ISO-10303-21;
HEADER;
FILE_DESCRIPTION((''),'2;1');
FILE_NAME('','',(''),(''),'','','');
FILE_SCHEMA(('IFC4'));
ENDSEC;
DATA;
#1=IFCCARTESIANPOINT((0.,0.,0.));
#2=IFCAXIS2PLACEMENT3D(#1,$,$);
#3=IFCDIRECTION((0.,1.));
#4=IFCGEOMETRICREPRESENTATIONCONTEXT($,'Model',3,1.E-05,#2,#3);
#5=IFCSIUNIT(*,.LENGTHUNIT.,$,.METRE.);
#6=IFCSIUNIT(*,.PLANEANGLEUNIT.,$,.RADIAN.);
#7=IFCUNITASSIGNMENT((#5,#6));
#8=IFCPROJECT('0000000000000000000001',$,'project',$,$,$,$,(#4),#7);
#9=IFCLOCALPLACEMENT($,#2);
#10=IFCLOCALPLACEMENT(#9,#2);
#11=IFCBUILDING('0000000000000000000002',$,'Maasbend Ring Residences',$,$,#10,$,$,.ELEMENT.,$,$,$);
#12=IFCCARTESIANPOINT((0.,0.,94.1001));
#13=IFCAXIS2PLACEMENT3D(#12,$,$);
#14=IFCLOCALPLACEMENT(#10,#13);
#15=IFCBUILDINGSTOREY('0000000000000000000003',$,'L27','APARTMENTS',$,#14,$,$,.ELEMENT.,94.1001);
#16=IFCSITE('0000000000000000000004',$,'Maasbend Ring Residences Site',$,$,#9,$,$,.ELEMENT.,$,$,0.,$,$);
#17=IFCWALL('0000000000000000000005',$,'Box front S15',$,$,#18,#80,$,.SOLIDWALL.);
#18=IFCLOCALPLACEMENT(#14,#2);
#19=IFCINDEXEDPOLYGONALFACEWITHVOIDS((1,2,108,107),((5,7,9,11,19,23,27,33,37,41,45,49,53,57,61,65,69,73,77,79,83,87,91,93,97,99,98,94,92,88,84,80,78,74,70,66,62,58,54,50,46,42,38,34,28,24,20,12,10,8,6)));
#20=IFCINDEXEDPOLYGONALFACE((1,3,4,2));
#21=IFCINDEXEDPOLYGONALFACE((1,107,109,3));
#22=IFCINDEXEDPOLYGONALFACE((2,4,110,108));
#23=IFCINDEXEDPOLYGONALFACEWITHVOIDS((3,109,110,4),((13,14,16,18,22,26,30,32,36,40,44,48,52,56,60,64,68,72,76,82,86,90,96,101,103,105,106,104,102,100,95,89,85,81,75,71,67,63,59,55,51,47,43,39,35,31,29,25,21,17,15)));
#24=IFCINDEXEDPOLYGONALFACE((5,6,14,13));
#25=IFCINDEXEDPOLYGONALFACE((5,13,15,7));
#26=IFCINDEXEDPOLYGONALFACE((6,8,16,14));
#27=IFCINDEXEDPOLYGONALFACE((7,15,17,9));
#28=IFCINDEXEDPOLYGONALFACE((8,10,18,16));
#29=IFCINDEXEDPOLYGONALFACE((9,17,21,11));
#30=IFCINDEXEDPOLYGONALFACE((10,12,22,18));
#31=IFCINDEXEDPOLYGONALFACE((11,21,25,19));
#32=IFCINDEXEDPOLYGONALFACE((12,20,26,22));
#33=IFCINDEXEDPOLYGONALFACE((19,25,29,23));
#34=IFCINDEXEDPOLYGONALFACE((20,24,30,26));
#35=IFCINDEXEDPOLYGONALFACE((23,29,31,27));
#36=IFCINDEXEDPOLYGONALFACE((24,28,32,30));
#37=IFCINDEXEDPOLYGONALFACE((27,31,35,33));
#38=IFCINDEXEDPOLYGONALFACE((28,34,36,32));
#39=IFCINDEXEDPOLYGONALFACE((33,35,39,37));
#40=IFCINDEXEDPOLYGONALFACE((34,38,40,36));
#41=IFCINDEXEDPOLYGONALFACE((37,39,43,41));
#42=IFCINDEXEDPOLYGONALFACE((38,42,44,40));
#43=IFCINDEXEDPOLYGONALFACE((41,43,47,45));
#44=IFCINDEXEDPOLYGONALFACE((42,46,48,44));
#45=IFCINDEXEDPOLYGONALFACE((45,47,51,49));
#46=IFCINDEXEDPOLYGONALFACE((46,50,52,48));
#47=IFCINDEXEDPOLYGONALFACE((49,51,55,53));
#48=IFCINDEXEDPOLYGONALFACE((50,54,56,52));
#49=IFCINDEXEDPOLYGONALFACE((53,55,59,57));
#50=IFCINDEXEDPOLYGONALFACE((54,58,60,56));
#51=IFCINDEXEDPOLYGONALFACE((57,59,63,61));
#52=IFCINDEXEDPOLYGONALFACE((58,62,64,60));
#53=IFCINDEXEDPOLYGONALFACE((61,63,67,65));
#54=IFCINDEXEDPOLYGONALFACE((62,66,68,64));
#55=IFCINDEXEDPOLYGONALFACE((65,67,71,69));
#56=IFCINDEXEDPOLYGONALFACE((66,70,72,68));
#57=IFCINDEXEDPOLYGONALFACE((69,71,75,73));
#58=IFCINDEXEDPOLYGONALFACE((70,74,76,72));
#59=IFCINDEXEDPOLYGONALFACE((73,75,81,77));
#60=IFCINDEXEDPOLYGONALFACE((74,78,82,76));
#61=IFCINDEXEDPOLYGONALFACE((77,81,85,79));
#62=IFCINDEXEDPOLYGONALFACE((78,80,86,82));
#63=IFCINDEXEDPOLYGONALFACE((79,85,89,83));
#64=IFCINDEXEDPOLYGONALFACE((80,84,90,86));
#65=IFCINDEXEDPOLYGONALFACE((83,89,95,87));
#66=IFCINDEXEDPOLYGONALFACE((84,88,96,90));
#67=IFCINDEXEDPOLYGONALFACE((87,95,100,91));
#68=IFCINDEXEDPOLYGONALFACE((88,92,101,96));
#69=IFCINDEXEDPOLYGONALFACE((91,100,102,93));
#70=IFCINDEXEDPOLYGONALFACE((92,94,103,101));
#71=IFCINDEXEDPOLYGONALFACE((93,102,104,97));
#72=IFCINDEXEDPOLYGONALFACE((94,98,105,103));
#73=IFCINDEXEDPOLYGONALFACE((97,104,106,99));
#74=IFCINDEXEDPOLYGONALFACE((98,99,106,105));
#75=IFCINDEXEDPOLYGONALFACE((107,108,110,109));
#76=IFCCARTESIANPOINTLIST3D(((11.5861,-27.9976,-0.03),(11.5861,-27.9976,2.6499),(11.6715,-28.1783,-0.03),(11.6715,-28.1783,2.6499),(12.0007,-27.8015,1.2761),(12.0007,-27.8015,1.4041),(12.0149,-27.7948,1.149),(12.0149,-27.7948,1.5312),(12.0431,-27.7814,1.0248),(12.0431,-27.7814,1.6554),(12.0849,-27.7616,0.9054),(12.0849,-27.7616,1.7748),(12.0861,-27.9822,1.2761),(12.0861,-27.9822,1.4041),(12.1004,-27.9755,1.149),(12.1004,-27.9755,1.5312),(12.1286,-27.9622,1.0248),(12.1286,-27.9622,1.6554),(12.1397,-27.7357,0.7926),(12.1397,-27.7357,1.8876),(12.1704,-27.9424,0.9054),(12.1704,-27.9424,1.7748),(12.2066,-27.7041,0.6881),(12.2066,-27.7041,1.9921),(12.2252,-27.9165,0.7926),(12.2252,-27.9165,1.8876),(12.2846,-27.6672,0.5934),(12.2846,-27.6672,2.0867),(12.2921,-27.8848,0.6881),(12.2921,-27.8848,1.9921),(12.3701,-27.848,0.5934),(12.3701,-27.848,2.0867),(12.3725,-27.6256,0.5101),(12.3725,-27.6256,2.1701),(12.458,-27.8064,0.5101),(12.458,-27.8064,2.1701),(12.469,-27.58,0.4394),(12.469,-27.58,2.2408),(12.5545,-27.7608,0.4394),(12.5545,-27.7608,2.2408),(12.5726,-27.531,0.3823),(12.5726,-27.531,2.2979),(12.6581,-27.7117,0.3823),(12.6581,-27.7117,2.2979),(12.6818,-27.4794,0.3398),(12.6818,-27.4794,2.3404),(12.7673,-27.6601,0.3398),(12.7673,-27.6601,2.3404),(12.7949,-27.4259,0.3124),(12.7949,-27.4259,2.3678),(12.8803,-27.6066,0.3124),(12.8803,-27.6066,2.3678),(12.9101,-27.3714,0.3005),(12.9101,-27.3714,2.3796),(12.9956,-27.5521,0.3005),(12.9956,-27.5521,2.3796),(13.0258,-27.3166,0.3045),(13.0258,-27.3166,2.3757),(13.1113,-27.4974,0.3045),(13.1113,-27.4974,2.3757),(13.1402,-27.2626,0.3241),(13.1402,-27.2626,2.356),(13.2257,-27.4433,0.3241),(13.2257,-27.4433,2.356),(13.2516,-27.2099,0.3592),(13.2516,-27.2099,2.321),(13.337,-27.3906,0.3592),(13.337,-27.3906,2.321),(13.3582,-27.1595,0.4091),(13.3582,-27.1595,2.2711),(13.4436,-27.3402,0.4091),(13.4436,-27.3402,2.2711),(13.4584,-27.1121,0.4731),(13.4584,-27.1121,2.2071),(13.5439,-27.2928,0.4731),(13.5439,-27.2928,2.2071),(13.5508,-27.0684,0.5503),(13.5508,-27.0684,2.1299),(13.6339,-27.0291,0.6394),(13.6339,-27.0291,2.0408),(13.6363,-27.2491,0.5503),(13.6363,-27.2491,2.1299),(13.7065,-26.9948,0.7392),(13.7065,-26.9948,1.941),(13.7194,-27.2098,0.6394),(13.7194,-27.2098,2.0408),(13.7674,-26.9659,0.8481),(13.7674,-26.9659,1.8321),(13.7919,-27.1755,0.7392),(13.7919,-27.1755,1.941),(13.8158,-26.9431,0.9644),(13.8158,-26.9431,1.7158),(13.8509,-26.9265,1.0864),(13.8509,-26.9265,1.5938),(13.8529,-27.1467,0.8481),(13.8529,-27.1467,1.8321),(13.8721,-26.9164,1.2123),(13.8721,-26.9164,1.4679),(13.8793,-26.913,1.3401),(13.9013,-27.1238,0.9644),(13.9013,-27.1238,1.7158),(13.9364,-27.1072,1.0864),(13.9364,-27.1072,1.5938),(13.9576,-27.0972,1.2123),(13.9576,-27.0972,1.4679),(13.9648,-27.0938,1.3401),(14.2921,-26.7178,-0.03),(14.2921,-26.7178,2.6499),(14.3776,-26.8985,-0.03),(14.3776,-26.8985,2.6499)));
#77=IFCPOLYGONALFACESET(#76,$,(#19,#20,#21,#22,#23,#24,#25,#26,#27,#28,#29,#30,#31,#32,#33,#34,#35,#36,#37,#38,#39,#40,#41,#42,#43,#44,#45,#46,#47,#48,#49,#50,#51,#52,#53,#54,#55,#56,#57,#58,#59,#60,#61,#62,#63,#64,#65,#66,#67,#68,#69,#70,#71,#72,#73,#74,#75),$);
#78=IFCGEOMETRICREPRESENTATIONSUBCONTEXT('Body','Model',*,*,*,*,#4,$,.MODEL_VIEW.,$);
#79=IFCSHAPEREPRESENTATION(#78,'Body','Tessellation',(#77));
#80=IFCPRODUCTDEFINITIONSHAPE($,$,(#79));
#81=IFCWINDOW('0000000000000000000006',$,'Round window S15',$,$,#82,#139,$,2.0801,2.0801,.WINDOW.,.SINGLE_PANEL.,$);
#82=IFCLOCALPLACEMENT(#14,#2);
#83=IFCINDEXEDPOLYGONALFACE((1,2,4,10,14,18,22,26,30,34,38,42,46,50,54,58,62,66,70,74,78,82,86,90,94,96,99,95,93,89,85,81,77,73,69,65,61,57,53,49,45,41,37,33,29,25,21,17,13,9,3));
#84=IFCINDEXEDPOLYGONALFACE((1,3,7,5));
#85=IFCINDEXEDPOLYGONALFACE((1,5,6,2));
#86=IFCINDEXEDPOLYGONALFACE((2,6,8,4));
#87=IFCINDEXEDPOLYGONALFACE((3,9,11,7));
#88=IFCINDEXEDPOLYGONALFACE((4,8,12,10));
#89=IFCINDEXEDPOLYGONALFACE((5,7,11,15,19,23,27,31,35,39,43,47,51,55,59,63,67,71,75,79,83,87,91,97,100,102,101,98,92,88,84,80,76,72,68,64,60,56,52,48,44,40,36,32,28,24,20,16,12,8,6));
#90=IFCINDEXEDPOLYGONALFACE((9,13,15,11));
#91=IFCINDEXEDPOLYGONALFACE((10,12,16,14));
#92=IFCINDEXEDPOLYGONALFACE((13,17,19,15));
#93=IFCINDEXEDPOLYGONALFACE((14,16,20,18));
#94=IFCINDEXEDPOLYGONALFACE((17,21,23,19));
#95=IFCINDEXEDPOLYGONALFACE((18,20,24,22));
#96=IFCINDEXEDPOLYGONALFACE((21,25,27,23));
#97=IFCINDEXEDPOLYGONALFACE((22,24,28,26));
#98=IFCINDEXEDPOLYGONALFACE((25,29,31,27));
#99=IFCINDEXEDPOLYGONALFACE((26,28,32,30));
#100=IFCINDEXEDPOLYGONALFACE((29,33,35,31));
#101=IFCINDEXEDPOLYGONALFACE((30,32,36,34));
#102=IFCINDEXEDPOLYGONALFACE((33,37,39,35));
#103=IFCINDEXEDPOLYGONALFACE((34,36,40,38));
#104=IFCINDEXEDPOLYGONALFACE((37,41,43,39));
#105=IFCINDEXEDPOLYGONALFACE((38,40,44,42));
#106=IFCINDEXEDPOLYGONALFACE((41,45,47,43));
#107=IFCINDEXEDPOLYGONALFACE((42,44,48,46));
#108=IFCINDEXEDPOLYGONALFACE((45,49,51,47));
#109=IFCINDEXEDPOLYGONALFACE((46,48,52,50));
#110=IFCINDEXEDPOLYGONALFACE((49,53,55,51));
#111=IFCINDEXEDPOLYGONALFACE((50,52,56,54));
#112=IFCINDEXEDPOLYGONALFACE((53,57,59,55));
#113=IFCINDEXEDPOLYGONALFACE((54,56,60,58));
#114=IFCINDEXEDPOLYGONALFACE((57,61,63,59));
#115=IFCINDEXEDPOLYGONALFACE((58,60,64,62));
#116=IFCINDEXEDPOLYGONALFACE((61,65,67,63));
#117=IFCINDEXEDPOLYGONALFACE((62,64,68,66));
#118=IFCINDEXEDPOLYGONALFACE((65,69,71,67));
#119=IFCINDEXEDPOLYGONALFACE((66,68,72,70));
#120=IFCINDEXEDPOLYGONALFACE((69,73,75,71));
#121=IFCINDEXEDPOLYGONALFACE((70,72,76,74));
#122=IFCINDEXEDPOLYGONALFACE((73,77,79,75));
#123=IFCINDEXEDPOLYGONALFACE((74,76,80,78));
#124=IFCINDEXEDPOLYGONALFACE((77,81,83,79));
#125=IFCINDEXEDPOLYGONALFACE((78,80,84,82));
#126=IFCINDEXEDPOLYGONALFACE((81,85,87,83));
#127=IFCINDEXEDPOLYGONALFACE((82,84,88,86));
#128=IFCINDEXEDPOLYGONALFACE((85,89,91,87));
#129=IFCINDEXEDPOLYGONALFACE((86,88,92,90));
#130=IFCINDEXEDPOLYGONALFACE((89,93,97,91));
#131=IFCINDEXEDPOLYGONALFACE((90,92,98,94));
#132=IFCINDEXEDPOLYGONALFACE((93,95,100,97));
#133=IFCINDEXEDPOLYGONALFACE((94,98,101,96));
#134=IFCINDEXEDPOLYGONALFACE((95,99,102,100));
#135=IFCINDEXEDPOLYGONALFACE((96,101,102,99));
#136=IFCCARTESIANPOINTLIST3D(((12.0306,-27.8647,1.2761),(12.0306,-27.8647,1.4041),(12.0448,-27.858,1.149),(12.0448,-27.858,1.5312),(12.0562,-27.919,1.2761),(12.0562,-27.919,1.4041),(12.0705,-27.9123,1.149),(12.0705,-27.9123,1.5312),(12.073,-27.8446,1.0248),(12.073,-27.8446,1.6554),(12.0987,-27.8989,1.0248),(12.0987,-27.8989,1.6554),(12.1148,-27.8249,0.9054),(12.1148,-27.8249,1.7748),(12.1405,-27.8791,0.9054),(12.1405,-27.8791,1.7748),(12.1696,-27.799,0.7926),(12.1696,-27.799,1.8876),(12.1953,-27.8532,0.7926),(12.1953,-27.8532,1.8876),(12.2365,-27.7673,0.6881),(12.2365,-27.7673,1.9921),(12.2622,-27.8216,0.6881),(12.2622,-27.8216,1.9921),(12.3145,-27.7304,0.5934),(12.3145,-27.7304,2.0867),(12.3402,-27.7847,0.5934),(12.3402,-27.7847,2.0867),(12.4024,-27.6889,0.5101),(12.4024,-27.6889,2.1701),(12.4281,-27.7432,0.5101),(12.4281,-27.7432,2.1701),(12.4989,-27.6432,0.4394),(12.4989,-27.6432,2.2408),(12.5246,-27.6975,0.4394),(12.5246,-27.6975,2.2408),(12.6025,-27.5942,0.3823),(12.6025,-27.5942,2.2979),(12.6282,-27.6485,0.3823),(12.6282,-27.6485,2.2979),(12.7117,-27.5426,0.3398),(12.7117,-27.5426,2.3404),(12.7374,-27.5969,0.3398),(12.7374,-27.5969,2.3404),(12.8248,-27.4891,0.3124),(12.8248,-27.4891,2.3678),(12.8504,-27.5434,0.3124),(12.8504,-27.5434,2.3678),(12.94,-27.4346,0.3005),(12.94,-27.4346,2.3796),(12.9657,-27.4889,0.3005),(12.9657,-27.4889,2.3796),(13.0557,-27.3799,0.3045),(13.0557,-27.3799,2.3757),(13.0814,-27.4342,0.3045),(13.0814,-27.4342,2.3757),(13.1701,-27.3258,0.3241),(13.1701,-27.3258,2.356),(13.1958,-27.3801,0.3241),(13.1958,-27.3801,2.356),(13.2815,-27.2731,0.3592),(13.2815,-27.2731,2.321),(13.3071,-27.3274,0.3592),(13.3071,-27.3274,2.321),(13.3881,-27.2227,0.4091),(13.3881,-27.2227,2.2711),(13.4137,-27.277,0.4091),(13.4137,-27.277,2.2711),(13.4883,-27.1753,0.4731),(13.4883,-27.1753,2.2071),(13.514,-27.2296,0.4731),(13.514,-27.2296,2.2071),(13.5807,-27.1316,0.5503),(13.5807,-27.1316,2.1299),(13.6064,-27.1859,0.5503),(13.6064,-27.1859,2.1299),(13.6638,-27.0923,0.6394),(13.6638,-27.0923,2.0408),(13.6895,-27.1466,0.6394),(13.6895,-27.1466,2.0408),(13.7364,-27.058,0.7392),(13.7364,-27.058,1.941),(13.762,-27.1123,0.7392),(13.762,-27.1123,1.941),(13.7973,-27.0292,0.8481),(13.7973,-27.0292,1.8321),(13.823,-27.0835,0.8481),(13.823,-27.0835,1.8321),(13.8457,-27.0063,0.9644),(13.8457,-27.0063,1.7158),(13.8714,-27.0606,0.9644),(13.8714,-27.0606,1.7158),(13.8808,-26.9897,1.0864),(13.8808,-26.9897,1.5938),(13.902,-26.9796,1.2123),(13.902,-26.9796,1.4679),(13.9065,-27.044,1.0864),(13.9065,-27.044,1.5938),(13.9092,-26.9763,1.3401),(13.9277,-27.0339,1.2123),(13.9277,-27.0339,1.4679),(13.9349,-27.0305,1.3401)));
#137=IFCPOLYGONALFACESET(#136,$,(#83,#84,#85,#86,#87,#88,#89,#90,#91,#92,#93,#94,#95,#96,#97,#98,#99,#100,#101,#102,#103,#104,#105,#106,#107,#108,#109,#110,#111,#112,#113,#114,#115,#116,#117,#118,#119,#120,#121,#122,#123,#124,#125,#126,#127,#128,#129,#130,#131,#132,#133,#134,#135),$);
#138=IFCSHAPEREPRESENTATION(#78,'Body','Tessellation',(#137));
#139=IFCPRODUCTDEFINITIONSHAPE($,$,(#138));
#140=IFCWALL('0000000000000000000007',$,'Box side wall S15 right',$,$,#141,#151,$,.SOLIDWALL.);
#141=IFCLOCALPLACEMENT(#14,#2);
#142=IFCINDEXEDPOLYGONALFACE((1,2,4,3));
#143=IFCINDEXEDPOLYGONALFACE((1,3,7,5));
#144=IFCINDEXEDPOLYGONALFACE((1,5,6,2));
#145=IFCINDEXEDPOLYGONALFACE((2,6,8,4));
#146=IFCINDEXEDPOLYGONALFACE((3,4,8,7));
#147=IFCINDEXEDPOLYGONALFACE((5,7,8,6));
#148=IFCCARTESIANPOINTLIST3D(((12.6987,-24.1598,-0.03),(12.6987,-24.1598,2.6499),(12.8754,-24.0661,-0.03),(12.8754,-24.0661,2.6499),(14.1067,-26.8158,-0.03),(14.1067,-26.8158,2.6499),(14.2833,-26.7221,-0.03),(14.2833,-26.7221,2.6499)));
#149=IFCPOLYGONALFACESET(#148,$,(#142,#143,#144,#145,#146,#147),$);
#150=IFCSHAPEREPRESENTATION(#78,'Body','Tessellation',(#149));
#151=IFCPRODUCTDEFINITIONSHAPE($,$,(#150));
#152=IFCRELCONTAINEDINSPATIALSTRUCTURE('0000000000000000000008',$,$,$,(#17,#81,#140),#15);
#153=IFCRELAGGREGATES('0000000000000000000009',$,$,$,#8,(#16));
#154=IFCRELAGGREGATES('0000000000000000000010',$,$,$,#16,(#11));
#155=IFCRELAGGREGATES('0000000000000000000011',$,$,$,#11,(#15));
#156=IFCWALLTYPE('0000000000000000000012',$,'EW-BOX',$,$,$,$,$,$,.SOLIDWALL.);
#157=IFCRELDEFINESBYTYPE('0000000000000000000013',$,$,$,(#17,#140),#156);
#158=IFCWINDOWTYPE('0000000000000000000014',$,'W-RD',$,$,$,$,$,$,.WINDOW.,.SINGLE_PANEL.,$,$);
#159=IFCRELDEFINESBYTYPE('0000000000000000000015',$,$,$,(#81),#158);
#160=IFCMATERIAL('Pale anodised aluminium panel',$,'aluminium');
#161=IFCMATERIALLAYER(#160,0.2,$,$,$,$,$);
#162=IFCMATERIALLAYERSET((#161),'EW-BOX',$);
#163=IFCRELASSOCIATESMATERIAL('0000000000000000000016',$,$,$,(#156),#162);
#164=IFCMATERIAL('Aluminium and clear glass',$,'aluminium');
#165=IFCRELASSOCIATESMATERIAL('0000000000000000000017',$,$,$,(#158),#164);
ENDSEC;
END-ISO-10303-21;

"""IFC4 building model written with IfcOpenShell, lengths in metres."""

from ifc_helpers import new_model, si_unit, direction, frame, frame_2d, origin, place, context, subcontext, project, spatial, rectangle, circle, extrude, material, layer, layer_set, type_object, element, fill, save


model = new_model("IFC4")

# Units and contexts
model_context = context("Model", 3, precision=1e-05, world=origin(), true_north=direction((0.0, 1.0)))
body_context = subcontext(model_context, "Body", "Model", "MODEL_VIEW")
ifc_project = project(units=[si_unit("LENGTHUNIT", "METRE"), si_unit("PLANEANGLEUNIT", "RADIAN")], contexts=[model_context])

# Site, building, storey
site_placement = place(None, origin())
site = spatial("IfcSite", under=ifc_project, at=site_placement, Name="Maasbend Ring Residences Site", CompositionType="ELEMENT", RefElevation=0.0)
building_placement = place(site_placement, origin())
building = spatial("IfcBuilding", under=site, at=building_placement, Name="Maasbend Ring Residences", CompositionType="ELEMENT")
storey_placement = place(building_placement, frame((0.0, 0.0, 94.1001)))
storey = spatial("IfcBuildingStorey", under=building, at=storey_placement, Name="L27", Description="APARTMENTS", CompositionType="ELEMENT", Elevation=94.1001)

# Wall, opening, window
ifc_material_1 = material(Name="Pale anodised aluminium panel", Category="aluminium")
ifc_layer_1 = layer(ifc_material_1, 0.2)
ifc_layer_set_1 = layer_set([ifc_layer_1], Name="EW-BOX")
wall_type_1 = type_object("IfcWallType", Name="EW-BOX", PredefinedType="SOLIDWALL", material=ifc_layer_set_1)
wall_1_placement = place(storey_placement, frame((11.6289, -28.0879, -0.03), z_axis=(0.0, 0.0, 1.0), x_axis=(0.904, 0.427532, 0.0)))
wall_1 = element("IfcWall", 1, at=wall_1_placement, inside=storey, type_object=wall_type_1, Name="Box front S15", PredefinedType="SOLIDWALL", context=body_context, shape_type="SweptSolid", body=[
    extrude(rectangle(XDim=2.9934, YDim=0.2, at=frame_2d((1.4966, 0.0))), origin(), (0.0, 0.0, 1.0), 2.6799),
])
opening_1_placement = place(wall_1_placement, frame((0.4565, 0.0, 0.3301)))
opening_1 = element("IfcOpeningElement", 2, at=opening_1_placement, cuts=wall_1, PredefinedType="OPENING", context=body_context, shape_type="SweptSolid", body=[
    extrude(circle(Radius=1.04, at=frame_2d((1.04, 1.04))), frame((0.0, 0.1099, 0.0), z_axis=(0.0, -1.0, 0.0), x_axis=(1.0, 0.0, 0.0)), (0.0, 0.0, 1.0), 0.22),
])
ifc_material_2 = material(Name="Aluminium and clear glass", Category="aluminium")
window_type_1 = type_object("IfcWindowType", Name="W-RD", PartitioningType="SINGLE_PANEL", PredefinedType="WINDOW", material=ifc_material_2)
window_1_placement = place(opening_1_placement, origin())
window_1 = element("IfcWindow", 3, at=window_1_placement, inside=storey, type_object=window_type_1, Name="Round window S15", OverallHeight=2.0801, OverallWidth=2.0801, PartitioningType="SINGLE_PANEL", PredefinedType="WINDOW", context=body_context, shape_type="SweptSolid", body=[
    extrude(circle(Radius=1.04, at=frame_2d((1.04, 1.04))), frame((0.0, 0.03, 0.0), z_axis=(0.0, -1.0, 0.0), x_axis=(1.0, 0.0, 0.0)), (0.0, 0.0, 1.0), 0.0601),
])
fill(opening_1, window_1)

# Wall
wall_2_placement = place(storey_placement, frame((12.7871, -24.113, -0.03), z_axis=(0.0, 0.0, 1.0), x_axis=(0.468365, -0.883535, 0.0)))
element("IfcWall", 4, at=wall_2_placement, inside=storey, type_object=wall_type_1, Name="Box side wall S15 right", PredefinedType="SOLIDWALL", context=body_context, shape_type="SweptSolid", body=[
    extrude(rectangle(XDim=3.0061, YDim=0.2, at=frame_2d((1.5029, 0.0))), origin(), (0.0, 0.0, 1.0), 2.6799),
])

save(model, "model.ifc")
